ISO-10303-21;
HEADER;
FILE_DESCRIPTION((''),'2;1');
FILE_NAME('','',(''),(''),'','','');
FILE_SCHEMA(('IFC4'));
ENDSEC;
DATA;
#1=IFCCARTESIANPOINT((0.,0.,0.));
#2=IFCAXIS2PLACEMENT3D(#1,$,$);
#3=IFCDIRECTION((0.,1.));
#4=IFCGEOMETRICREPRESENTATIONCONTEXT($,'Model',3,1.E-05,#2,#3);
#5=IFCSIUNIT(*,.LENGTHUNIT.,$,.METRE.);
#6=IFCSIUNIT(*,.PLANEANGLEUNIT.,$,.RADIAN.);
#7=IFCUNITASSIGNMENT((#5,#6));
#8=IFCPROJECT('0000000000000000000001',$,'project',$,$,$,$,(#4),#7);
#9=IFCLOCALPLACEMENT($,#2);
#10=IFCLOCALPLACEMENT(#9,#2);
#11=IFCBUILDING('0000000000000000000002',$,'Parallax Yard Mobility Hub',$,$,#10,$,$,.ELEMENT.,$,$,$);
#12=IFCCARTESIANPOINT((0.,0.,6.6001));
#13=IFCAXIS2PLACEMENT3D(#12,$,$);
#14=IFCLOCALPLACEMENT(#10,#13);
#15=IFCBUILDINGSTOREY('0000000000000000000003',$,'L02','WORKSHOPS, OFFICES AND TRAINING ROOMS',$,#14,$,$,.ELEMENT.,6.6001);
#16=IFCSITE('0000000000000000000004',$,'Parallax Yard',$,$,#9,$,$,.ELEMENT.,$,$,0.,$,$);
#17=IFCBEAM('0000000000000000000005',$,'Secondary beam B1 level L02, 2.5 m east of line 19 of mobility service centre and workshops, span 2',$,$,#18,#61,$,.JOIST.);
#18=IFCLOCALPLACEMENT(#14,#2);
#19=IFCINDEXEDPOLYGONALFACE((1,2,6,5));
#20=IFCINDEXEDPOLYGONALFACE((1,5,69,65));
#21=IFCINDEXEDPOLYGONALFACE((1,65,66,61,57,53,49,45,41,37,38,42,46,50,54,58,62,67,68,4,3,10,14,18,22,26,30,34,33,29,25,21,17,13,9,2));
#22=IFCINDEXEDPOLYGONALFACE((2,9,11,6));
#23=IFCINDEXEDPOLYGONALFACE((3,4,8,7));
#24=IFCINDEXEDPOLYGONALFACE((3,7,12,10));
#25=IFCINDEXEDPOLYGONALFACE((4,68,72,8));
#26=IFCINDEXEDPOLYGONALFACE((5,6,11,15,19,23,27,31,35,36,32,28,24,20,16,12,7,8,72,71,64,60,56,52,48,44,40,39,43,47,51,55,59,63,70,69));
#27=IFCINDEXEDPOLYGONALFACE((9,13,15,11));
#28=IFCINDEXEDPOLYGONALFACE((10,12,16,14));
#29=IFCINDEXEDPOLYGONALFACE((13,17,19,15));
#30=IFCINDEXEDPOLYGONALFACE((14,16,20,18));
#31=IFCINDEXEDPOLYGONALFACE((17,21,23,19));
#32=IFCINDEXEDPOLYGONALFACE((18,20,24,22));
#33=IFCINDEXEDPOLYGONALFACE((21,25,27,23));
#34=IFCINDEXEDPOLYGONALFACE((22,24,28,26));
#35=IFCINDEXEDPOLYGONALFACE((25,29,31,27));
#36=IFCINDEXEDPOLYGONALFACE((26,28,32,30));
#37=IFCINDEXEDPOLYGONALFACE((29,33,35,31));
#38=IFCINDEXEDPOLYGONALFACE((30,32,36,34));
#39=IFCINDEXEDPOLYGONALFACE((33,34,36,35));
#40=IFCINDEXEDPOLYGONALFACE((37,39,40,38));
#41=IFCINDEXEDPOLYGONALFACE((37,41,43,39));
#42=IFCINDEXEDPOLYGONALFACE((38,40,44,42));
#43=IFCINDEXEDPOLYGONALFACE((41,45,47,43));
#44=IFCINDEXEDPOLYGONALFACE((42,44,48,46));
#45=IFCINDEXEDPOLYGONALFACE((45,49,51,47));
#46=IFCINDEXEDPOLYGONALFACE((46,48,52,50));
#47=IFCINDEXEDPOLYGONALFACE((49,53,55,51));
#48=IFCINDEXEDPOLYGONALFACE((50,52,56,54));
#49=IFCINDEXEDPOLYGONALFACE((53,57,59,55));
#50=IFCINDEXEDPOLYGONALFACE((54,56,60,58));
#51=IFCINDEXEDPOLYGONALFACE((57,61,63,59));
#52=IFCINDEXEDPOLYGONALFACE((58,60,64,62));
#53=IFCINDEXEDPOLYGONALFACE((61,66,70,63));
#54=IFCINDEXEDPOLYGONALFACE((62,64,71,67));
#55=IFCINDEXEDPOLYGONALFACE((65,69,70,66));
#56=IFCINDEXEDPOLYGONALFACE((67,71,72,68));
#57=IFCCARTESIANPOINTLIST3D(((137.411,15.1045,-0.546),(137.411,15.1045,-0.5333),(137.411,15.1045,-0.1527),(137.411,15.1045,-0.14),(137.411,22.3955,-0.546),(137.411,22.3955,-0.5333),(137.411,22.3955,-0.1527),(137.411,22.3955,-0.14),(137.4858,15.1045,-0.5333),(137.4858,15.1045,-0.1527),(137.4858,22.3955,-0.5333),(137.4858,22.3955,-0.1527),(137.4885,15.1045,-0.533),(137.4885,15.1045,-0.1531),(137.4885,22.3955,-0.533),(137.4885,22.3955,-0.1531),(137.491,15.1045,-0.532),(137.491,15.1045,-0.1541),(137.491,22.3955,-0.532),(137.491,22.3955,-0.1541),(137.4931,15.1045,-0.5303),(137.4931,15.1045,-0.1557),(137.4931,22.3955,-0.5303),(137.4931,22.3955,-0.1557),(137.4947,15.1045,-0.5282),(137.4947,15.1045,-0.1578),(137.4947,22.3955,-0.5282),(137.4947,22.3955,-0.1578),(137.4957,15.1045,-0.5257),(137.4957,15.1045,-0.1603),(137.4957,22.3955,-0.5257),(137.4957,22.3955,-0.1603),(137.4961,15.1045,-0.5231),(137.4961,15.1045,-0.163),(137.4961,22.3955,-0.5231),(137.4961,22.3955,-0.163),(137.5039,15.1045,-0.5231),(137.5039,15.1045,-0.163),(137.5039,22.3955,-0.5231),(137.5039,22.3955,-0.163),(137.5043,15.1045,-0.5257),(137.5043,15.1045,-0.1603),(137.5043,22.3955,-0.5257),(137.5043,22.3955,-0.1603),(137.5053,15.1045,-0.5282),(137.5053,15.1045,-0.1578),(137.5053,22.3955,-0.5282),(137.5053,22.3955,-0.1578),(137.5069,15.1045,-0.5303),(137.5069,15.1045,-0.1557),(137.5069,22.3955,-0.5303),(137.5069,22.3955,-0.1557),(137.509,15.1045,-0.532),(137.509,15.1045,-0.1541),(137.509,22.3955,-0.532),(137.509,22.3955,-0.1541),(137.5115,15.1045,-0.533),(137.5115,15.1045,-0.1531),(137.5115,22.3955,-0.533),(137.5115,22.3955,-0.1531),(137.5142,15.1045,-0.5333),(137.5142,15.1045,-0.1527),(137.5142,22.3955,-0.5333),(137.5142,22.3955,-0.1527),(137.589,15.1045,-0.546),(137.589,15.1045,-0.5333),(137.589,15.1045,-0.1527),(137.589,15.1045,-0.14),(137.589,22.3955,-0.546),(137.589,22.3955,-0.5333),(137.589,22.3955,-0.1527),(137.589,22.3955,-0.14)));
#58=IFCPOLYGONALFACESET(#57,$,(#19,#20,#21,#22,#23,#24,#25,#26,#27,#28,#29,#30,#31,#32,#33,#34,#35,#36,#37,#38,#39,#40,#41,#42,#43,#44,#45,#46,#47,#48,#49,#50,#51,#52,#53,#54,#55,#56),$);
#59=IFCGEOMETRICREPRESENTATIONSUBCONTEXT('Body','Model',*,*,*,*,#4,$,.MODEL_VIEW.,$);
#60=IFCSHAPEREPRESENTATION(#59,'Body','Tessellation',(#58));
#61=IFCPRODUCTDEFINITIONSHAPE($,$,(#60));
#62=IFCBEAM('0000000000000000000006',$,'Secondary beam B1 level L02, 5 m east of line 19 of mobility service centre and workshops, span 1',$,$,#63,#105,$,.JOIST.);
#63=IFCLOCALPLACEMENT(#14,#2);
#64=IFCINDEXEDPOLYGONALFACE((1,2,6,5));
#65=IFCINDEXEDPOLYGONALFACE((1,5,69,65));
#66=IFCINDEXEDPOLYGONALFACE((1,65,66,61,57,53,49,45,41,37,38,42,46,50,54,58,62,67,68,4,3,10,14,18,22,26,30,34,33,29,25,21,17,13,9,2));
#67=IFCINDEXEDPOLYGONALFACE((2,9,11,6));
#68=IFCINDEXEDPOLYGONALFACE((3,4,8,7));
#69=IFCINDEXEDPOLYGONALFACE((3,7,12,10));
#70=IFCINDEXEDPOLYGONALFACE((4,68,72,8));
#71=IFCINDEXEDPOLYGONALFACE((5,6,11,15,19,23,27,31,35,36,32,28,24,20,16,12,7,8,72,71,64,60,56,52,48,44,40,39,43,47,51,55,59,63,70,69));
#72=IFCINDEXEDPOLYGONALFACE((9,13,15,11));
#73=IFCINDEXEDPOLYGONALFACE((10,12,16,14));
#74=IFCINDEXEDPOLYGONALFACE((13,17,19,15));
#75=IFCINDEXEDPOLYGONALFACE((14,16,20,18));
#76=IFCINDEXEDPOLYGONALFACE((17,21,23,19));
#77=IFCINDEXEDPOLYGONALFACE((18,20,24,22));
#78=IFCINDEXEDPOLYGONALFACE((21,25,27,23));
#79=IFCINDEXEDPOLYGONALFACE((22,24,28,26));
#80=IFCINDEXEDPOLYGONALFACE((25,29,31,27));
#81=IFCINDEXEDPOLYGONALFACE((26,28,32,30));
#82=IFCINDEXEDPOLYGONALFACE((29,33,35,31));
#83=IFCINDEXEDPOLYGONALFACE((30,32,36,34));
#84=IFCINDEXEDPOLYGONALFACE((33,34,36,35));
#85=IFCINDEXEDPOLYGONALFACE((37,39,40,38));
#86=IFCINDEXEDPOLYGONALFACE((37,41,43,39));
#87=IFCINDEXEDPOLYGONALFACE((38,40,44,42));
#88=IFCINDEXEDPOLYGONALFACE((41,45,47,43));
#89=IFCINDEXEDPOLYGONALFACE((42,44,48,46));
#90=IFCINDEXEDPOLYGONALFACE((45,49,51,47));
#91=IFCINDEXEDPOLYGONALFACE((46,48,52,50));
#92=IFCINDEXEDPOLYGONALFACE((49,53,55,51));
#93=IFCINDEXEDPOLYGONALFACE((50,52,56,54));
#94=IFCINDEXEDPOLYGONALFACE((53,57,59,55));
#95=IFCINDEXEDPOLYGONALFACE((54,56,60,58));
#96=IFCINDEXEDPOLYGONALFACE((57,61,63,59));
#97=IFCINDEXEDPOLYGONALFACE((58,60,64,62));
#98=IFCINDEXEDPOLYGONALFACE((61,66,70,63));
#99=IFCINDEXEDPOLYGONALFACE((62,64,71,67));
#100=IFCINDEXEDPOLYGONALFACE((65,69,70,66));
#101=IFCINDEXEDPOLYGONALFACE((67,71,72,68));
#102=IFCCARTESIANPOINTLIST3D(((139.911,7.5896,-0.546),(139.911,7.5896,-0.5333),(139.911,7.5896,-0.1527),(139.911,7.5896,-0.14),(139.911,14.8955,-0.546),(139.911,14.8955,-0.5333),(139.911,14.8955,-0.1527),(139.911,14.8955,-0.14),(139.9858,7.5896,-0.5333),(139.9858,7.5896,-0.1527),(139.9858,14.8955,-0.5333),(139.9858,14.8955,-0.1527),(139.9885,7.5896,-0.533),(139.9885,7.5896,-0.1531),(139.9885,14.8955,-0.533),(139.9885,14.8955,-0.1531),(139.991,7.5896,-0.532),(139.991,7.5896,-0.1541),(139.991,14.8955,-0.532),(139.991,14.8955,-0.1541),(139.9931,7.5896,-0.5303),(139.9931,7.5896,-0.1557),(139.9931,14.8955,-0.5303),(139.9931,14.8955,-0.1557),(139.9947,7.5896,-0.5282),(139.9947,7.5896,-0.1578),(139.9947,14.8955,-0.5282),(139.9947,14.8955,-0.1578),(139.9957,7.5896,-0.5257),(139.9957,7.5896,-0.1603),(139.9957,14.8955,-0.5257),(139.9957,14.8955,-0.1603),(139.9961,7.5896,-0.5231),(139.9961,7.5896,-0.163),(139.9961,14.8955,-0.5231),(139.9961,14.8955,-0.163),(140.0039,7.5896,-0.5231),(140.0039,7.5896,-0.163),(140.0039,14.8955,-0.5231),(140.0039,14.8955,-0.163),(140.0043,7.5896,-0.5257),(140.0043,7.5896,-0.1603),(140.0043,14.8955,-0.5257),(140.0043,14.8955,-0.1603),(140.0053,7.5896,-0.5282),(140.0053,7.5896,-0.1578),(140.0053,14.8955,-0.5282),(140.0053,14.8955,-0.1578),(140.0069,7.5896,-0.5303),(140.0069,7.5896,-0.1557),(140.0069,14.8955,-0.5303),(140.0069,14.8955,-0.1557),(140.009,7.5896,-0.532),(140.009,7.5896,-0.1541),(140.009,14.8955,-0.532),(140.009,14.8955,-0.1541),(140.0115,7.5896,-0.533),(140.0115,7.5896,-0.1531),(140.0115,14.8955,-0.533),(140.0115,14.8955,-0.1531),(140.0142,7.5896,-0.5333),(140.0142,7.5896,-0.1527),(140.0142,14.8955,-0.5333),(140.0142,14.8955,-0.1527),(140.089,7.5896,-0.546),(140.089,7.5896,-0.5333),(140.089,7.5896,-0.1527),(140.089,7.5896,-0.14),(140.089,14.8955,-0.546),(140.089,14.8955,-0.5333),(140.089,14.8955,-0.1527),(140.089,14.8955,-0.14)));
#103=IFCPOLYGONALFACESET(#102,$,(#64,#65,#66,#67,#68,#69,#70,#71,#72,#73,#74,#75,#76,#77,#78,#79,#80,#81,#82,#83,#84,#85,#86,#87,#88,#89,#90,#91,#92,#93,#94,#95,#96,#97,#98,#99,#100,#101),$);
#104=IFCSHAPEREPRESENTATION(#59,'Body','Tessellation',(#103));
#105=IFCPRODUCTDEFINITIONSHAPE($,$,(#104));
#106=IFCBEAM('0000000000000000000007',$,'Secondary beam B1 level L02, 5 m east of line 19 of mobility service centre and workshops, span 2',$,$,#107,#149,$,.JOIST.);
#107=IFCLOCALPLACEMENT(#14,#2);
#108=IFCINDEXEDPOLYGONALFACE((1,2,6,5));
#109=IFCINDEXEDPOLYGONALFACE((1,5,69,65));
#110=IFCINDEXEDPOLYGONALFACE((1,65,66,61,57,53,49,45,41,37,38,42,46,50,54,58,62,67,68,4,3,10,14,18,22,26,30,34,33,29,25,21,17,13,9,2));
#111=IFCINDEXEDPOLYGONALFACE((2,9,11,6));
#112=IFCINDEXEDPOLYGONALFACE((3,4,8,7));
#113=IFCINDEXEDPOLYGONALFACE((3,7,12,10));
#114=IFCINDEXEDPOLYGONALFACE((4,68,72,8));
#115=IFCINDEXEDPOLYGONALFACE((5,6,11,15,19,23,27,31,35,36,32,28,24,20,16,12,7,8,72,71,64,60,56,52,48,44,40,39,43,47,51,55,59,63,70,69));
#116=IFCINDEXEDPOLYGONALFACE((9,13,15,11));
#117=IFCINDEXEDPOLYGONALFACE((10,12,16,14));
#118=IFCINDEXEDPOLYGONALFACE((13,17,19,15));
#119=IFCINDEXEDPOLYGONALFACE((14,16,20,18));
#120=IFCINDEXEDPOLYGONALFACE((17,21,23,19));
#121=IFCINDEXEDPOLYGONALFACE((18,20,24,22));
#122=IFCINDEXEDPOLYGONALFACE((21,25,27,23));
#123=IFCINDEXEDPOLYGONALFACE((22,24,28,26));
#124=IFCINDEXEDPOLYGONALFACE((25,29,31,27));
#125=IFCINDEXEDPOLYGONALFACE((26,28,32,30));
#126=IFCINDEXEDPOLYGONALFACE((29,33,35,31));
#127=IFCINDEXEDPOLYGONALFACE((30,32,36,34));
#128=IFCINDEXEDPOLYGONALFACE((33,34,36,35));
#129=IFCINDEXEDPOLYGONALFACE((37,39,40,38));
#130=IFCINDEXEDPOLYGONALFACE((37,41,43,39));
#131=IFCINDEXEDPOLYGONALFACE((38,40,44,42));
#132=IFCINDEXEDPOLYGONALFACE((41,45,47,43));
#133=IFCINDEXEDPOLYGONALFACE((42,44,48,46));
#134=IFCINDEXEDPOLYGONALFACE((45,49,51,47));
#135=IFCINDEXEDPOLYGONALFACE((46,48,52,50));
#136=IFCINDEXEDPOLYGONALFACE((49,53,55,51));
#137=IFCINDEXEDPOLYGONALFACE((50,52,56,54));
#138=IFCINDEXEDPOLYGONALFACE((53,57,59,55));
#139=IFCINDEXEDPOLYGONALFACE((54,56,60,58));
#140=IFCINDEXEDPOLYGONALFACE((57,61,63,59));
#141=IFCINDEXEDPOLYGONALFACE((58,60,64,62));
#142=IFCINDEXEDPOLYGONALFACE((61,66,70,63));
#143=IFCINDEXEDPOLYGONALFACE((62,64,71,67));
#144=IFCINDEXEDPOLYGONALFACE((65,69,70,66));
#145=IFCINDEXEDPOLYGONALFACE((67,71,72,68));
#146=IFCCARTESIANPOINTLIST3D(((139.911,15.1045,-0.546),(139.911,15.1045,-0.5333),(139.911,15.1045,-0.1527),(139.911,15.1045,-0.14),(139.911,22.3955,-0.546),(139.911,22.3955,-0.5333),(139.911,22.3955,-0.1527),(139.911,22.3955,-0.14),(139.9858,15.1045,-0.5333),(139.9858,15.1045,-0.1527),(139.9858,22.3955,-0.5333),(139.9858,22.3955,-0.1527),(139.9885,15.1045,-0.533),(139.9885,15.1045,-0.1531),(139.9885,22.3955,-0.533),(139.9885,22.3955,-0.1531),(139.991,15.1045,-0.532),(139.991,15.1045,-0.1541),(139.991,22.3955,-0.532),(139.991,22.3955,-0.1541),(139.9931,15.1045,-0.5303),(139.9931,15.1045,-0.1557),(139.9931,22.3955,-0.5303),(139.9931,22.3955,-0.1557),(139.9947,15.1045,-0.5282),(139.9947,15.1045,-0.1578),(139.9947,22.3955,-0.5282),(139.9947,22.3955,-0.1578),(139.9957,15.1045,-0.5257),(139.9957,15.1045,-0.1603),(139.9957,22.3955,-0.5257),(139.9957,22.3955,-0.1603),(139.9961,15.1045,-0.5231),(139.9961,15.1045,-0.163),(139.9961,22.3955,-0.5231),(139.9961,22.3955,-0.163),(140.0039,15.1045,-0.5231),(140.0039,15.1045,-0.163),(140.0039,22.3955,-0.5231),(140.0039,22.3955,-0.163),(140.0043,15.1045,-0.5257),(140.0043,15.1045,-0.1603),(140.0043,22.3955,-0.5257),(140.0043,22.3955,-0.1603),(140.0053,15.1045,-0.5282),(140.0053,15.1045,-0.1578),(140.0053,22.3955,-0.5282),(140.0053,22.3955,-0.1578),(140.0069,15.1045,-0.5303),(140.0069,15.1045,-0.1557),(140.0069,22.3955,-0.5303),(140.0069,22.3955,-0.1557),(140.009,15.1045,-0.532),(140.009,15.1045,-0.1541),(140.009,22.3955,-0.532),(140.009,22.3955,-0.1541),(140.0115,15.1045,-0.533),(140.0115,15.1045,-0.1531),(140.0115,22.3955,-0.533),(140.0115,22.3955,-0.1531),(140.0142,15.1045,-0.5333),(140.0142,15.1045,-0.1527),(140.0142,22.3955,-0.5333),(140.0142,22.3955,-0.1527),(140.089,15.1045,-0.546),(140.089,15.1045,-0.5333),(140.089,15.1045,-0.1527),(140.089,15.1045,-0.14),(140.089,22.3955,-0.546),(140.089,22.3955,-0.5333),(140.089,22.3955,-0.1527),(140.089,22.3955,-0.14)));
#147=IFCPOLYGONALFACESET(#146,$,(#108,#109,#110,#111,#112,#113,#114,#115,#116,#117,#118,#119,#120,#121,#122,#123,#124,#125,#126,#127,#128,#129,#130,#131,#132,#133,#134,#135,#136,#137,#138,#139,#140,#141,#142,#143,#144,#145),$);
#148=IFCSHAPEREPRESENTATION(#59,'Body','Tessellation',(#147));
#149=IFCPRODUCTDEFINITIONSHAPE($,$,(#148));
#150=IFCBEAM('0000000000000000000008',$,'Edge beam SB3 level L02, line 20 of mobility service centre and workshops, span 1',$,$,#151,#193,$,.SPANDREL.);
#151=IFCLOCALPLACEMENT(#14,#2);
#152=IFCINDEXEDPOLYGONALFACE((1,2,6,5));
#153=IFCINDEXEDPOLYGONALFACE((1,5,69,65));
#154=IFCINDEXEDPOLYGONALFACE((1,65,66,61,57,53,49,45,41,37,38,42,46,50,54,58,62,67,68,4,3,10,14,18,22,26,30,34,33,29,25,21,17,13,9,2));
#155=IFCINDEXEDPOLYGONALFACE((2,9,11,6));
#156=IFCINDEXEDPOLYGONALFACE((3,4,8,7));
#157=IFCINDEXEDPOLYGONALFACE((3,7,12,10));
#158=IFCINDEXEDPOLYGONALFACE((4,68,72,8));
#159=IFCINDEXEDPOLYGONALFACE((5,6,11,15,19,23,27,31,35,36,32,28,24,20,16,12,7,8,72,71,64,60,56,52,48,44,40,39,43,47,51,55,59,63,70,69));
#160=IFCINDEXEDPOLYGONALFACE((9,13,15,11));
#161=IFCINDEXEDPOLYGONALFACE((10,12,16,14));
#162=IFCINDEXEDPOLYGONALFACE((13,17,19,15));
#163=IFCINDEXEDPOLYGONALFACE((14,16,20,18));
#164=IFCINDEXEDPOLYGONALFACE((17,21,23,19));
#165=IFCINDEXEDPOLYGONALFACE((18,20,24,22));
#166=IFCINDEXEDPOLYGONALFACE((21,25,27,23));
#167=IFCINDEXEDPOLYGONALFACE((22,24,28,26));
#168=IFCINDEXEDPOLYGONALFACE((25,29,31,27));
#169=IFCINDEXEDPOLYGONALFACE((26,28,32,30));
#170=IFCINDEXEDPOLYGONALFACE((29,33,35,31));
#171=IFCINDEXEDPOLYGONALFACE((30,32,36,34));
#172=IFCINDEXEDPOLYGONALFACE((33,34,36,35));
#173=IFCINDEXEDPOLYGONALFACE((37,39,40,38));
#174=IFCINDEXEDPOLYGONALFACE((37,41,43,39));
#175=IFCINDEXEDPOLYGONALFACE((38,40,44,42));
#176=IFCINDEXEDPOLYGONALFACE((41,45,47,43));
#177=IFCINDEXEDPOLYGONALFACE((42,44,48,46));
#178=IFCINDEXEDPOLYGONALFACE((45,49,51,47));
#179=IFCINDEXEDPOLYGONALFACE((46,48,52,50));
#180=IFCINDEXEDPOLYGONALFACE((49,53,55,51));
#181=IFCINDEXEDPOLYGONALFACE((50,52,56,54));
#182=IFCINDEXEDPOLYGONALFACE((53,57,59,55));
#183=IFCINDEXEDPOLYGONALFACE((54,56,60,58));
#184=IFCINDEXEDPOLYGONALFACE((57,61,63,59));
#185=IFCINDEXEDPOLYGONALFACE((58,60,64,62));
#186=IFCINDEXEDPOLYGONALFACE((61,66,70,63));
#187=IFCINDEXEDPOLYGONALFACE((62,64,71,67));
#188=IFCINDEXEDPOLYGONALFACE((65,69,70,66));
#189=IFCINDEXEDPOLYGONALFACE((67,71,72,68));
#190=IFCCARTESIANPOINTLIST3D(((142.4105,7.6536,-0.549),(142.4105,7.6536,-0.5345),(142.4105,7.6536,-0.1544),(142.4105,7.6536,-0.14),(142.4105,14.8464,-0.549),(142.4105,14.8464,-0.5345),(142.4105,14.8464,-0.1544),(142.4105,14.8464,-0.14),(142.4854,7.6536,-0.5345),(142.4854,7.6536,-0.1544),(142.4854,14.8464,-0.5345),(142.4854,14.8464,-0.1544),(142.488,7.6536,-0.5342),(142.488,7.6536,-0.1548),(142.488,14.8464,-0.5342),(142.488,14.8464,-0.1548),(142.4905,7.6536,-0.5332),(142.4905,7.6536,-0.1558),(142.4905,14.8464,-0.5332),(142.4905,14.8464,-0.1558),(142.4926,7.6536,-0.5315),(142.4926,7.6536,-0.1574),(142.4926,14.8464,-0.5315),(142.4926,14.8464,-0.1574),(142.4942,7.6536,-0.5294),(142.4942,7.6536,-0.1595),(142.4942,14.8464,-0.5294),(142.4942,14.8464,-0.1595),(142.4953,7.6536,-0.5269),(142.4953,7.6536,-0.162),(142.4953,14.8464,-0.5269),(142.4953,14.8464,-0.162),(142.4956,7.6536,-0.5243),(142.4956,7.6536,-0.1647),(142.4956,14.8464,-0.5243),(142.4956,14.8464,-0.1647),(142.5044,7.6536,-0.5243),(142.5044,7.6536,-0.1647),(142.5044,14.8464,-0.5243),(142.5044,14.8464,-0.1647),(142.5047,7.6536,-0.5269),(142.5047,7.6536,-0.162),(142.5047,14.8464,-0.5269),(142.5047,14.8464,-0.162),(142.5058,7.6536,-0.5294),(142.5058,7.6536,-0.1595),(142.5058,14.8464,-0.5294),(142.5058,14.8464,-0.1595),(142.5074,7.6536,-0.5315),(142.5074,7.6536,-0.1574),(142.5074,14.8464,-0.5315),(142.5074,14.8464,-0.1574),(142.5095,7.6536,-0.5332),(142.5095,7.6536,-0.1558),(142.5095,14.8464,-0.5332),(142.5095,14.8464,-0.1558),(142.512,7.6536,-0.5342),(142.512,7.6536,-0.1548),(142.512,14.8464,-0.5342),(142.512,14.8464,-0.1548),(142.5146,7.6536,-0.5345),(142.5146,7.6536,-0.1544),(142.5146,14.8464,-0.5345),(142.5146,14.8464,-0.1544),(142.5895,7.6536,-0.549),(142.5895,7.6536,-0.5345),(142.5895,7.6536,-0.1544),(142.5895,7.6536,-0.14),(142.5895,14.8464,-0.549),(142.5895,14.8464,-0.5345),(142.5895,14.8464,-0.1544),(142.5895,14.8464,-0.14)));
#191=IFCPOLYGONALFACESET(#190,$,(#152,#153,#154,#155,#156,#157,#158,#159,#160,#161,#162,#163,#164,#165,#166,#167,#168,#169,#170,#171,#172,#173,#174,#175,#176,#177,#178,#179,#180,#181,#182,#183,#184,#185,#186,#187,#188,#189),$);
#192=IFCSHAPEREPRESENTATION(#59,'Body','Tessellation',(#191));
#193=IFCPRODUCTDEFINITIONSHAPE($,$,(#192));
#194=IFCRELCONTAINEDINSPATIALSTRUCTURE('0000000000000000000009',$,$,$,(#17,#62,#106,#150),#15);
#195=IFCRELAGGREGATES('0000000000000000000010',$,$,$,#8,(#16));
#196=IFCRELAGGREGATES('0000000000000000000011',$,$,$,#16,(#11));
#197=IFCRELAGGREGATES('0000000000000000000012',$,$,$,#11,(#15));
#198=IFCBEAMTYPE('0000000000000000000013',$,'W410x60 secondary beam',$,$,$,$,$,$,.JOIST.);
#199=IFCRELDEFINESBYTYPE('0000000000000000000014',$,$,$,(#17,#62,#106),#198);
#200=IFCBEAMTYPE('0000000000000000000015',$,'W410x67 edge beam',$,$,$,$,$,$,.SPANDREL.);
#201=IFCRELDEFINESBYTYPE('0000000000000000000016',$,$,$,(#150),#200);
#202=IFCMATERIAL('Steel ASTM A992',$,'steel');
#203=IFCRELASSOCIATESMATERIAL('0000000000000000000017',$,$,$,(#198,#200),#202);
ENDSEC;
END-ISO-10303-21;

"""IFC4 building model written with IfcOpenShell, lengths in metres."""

from ifc_helpers import new_model, si_unit, direction, frame, origin, origin_2d, place, context, subcontext, project, spatial, i_section, extrude, material, material_profile, profile_set, type_object, element, save


model = new_model("IFC4")

# Units and contexts
model_context = context("Model", 3, precision=1e-05, world=origin(), true_north=direction((0.0, 1.0)))
body_context = subcontext(model_context, "Body", "Model", "MODEL_VIEW")
ifc_project = project(units=[si_unit("LENGTHUNIT", "METRE"), si_unit("PLANEANGLEUNIT", "RADIAN")], contexts=[model_context])

# Site, building, storey
site_placement = place(None, origin())
site = spatial("IfcSite", under=ifc_project, at=site_placement, Name="Parallax Yard", CompositionType="ELEMENT", RefElevation=0.0)
building_placement = place(site_placement, origin())
building = spatial("IfcBuilding", under=site, at=building_placement, Name="Parallax Yard Mobility Hub", CompositionType="ELEMENT")
storey_placement = place(building_placement, frame((0.0, 0.0, 6.6001)))
storey = spatial("IfcBuildingStorey", under=building, at=storey_placement, Name="L02", Description="WORKSHOPS, OFFICES AND TRAINING ROOMS", CompositionType="ELEMENT", Elevation=6.6001)

# Shared definitions
ifc_material_1 = material(Name="Steel ASTM A992", Category="steel")

# Beams
ifc_material_profile_1 = material_profile(ifc_material_1, i_section(OverallWidth=0.178, OverallDepth=0.406, WebThickness=0.0078, FlangeThickness=0.0127, FilletRadius=0.0103, at=origin_2d()), Name="W410x60")
ifc_profile_set_1 = profile_set([ifc_material_profile_1], Name="Steel ASTM A992")
beam_type_1 = type_object("IfcBeamType", Name="W410x60 secondary beam", PredefinedType="JOIST", material=ifc_profile_set_1)
beam_1_placement = place(storey_placement, frame((137.5, 15.1045, -0.343), z_axis=(0.0, 1.0, 0.0), x_axis=(-1.0, 0.0, 0.0)))
element("IfcBeam", 1, at=beam_1_placement, inside=storey, type_object=beam_type_1, Name="Secondary beam B1 level L02, 2.5 m east of line 19 of mobility service centre and workshops, span 2", PredefinedType="JOIST", context=body_context, shape_type="SweptSolid", body=[
    extrude(i_section(OverallWidth=0.178, OverallDepth=0.406, WebThickness=0.0078, FlangeThickness=0.0127, FilletRadius=0.0103, at=origin_2d()), origin(), (0.0, 0.0, 1.0), 7.291),
])
beam_2_placement = place(storey_placement, frame((140.0, 7.5896, -0.343), z_axis=(0.0, 1.0, 0.0), x_axis=(-1.0, 0.0, 0.0)))
element("IfcBeam", 2, at=beam_2_placement, inside=storey, type_object=beam_type_1, Name="Secondary beam B1 level L02, 5 m east of line 19 of mobility service centre and workshops, span 1", PredefinedType="JOIST", context=body_context, shape_type="SweptSolid", body=[
    extrude(i_section(OverallWidth=0.178, OverallDepth=0.406, WebThickness=0.0078, FlangeThickness=0.0127, FilletRadius=0.0103, at=origin_2d()), origin(), (0.0, 0.0, 1.0), 7.3059),
])
beam_3_placement = place(storey_placement, frame((140.0, 15.1045, -0.343), z_axis=(0.0, 1.0, 0.0), x_axis=(-1.0, 0.0, 0.0)))
element("IfcBeam", 3, at=beam_3_placement, inside=storey, type_object=beam_type_1, Name="Secondary beam B1 level L02, 5 m east of line 19 of mobility service centre and workshops, span 2", PredefinedType="JOIST", context=body_context, shape_type="SweptSolid", body=[
    extrude(i_section(OverallWidth=0.178, OverallDepth=0.406, WebThickness=0.0078, FlangeThickness=0.0127, FilletRadius=0.0103, at=origin_2d()), origin(), (0.0, 0.0, 1.0), 7.291),
])
ifc_material_profile_2 = material_profile(ifc_material_1, i_section(OverallWidth=0.179, OverallDepth=0.4089, WebThickness=0.0088, FlangeThickness=0.0144, FilletRadius=0.0103, at=origin_2d()), Name="W410x67")
ifc_profile_set_2 = profile_set([ifc_material_profile_2], Name="Steel ASTM A992")
beam_type_2 = type_object("IfcBeamType", Name="W410x67 edge beam", PredefinedType="SPANDREL", material=ifc_profile_set_2)
for number, where, z_axis, x_axis, name in (
    (4, (142.5, 7.6536, -0.3445), (0.0, 1.0, 0.0), (-1.0, 0.0, 0.0), "Edge beam SB3 level L02, line 20 of mobility service centre and workshops, span 1"),
):
    element("IfcBeam", number, at=place(storey_placement, frame(where, z_axis=z_axis, x_axis=x_axis)), inside=storey, type_object=beam_type_2, Name=name, PredefinedType="SPANDREL", context=body_context, shape_type="SweptSolid", body=[
        extrude(i_section(OverallWidth=0.179, OverallDepth=0.4089, WebThickness=0.0088, FlangeThickness=0.0144, FilletRadius=0.0103, at=origin_2d()), origin(), (0.0, 0.0, 1.0), 7.1929),
    ])

save(model, "model.ifc")
